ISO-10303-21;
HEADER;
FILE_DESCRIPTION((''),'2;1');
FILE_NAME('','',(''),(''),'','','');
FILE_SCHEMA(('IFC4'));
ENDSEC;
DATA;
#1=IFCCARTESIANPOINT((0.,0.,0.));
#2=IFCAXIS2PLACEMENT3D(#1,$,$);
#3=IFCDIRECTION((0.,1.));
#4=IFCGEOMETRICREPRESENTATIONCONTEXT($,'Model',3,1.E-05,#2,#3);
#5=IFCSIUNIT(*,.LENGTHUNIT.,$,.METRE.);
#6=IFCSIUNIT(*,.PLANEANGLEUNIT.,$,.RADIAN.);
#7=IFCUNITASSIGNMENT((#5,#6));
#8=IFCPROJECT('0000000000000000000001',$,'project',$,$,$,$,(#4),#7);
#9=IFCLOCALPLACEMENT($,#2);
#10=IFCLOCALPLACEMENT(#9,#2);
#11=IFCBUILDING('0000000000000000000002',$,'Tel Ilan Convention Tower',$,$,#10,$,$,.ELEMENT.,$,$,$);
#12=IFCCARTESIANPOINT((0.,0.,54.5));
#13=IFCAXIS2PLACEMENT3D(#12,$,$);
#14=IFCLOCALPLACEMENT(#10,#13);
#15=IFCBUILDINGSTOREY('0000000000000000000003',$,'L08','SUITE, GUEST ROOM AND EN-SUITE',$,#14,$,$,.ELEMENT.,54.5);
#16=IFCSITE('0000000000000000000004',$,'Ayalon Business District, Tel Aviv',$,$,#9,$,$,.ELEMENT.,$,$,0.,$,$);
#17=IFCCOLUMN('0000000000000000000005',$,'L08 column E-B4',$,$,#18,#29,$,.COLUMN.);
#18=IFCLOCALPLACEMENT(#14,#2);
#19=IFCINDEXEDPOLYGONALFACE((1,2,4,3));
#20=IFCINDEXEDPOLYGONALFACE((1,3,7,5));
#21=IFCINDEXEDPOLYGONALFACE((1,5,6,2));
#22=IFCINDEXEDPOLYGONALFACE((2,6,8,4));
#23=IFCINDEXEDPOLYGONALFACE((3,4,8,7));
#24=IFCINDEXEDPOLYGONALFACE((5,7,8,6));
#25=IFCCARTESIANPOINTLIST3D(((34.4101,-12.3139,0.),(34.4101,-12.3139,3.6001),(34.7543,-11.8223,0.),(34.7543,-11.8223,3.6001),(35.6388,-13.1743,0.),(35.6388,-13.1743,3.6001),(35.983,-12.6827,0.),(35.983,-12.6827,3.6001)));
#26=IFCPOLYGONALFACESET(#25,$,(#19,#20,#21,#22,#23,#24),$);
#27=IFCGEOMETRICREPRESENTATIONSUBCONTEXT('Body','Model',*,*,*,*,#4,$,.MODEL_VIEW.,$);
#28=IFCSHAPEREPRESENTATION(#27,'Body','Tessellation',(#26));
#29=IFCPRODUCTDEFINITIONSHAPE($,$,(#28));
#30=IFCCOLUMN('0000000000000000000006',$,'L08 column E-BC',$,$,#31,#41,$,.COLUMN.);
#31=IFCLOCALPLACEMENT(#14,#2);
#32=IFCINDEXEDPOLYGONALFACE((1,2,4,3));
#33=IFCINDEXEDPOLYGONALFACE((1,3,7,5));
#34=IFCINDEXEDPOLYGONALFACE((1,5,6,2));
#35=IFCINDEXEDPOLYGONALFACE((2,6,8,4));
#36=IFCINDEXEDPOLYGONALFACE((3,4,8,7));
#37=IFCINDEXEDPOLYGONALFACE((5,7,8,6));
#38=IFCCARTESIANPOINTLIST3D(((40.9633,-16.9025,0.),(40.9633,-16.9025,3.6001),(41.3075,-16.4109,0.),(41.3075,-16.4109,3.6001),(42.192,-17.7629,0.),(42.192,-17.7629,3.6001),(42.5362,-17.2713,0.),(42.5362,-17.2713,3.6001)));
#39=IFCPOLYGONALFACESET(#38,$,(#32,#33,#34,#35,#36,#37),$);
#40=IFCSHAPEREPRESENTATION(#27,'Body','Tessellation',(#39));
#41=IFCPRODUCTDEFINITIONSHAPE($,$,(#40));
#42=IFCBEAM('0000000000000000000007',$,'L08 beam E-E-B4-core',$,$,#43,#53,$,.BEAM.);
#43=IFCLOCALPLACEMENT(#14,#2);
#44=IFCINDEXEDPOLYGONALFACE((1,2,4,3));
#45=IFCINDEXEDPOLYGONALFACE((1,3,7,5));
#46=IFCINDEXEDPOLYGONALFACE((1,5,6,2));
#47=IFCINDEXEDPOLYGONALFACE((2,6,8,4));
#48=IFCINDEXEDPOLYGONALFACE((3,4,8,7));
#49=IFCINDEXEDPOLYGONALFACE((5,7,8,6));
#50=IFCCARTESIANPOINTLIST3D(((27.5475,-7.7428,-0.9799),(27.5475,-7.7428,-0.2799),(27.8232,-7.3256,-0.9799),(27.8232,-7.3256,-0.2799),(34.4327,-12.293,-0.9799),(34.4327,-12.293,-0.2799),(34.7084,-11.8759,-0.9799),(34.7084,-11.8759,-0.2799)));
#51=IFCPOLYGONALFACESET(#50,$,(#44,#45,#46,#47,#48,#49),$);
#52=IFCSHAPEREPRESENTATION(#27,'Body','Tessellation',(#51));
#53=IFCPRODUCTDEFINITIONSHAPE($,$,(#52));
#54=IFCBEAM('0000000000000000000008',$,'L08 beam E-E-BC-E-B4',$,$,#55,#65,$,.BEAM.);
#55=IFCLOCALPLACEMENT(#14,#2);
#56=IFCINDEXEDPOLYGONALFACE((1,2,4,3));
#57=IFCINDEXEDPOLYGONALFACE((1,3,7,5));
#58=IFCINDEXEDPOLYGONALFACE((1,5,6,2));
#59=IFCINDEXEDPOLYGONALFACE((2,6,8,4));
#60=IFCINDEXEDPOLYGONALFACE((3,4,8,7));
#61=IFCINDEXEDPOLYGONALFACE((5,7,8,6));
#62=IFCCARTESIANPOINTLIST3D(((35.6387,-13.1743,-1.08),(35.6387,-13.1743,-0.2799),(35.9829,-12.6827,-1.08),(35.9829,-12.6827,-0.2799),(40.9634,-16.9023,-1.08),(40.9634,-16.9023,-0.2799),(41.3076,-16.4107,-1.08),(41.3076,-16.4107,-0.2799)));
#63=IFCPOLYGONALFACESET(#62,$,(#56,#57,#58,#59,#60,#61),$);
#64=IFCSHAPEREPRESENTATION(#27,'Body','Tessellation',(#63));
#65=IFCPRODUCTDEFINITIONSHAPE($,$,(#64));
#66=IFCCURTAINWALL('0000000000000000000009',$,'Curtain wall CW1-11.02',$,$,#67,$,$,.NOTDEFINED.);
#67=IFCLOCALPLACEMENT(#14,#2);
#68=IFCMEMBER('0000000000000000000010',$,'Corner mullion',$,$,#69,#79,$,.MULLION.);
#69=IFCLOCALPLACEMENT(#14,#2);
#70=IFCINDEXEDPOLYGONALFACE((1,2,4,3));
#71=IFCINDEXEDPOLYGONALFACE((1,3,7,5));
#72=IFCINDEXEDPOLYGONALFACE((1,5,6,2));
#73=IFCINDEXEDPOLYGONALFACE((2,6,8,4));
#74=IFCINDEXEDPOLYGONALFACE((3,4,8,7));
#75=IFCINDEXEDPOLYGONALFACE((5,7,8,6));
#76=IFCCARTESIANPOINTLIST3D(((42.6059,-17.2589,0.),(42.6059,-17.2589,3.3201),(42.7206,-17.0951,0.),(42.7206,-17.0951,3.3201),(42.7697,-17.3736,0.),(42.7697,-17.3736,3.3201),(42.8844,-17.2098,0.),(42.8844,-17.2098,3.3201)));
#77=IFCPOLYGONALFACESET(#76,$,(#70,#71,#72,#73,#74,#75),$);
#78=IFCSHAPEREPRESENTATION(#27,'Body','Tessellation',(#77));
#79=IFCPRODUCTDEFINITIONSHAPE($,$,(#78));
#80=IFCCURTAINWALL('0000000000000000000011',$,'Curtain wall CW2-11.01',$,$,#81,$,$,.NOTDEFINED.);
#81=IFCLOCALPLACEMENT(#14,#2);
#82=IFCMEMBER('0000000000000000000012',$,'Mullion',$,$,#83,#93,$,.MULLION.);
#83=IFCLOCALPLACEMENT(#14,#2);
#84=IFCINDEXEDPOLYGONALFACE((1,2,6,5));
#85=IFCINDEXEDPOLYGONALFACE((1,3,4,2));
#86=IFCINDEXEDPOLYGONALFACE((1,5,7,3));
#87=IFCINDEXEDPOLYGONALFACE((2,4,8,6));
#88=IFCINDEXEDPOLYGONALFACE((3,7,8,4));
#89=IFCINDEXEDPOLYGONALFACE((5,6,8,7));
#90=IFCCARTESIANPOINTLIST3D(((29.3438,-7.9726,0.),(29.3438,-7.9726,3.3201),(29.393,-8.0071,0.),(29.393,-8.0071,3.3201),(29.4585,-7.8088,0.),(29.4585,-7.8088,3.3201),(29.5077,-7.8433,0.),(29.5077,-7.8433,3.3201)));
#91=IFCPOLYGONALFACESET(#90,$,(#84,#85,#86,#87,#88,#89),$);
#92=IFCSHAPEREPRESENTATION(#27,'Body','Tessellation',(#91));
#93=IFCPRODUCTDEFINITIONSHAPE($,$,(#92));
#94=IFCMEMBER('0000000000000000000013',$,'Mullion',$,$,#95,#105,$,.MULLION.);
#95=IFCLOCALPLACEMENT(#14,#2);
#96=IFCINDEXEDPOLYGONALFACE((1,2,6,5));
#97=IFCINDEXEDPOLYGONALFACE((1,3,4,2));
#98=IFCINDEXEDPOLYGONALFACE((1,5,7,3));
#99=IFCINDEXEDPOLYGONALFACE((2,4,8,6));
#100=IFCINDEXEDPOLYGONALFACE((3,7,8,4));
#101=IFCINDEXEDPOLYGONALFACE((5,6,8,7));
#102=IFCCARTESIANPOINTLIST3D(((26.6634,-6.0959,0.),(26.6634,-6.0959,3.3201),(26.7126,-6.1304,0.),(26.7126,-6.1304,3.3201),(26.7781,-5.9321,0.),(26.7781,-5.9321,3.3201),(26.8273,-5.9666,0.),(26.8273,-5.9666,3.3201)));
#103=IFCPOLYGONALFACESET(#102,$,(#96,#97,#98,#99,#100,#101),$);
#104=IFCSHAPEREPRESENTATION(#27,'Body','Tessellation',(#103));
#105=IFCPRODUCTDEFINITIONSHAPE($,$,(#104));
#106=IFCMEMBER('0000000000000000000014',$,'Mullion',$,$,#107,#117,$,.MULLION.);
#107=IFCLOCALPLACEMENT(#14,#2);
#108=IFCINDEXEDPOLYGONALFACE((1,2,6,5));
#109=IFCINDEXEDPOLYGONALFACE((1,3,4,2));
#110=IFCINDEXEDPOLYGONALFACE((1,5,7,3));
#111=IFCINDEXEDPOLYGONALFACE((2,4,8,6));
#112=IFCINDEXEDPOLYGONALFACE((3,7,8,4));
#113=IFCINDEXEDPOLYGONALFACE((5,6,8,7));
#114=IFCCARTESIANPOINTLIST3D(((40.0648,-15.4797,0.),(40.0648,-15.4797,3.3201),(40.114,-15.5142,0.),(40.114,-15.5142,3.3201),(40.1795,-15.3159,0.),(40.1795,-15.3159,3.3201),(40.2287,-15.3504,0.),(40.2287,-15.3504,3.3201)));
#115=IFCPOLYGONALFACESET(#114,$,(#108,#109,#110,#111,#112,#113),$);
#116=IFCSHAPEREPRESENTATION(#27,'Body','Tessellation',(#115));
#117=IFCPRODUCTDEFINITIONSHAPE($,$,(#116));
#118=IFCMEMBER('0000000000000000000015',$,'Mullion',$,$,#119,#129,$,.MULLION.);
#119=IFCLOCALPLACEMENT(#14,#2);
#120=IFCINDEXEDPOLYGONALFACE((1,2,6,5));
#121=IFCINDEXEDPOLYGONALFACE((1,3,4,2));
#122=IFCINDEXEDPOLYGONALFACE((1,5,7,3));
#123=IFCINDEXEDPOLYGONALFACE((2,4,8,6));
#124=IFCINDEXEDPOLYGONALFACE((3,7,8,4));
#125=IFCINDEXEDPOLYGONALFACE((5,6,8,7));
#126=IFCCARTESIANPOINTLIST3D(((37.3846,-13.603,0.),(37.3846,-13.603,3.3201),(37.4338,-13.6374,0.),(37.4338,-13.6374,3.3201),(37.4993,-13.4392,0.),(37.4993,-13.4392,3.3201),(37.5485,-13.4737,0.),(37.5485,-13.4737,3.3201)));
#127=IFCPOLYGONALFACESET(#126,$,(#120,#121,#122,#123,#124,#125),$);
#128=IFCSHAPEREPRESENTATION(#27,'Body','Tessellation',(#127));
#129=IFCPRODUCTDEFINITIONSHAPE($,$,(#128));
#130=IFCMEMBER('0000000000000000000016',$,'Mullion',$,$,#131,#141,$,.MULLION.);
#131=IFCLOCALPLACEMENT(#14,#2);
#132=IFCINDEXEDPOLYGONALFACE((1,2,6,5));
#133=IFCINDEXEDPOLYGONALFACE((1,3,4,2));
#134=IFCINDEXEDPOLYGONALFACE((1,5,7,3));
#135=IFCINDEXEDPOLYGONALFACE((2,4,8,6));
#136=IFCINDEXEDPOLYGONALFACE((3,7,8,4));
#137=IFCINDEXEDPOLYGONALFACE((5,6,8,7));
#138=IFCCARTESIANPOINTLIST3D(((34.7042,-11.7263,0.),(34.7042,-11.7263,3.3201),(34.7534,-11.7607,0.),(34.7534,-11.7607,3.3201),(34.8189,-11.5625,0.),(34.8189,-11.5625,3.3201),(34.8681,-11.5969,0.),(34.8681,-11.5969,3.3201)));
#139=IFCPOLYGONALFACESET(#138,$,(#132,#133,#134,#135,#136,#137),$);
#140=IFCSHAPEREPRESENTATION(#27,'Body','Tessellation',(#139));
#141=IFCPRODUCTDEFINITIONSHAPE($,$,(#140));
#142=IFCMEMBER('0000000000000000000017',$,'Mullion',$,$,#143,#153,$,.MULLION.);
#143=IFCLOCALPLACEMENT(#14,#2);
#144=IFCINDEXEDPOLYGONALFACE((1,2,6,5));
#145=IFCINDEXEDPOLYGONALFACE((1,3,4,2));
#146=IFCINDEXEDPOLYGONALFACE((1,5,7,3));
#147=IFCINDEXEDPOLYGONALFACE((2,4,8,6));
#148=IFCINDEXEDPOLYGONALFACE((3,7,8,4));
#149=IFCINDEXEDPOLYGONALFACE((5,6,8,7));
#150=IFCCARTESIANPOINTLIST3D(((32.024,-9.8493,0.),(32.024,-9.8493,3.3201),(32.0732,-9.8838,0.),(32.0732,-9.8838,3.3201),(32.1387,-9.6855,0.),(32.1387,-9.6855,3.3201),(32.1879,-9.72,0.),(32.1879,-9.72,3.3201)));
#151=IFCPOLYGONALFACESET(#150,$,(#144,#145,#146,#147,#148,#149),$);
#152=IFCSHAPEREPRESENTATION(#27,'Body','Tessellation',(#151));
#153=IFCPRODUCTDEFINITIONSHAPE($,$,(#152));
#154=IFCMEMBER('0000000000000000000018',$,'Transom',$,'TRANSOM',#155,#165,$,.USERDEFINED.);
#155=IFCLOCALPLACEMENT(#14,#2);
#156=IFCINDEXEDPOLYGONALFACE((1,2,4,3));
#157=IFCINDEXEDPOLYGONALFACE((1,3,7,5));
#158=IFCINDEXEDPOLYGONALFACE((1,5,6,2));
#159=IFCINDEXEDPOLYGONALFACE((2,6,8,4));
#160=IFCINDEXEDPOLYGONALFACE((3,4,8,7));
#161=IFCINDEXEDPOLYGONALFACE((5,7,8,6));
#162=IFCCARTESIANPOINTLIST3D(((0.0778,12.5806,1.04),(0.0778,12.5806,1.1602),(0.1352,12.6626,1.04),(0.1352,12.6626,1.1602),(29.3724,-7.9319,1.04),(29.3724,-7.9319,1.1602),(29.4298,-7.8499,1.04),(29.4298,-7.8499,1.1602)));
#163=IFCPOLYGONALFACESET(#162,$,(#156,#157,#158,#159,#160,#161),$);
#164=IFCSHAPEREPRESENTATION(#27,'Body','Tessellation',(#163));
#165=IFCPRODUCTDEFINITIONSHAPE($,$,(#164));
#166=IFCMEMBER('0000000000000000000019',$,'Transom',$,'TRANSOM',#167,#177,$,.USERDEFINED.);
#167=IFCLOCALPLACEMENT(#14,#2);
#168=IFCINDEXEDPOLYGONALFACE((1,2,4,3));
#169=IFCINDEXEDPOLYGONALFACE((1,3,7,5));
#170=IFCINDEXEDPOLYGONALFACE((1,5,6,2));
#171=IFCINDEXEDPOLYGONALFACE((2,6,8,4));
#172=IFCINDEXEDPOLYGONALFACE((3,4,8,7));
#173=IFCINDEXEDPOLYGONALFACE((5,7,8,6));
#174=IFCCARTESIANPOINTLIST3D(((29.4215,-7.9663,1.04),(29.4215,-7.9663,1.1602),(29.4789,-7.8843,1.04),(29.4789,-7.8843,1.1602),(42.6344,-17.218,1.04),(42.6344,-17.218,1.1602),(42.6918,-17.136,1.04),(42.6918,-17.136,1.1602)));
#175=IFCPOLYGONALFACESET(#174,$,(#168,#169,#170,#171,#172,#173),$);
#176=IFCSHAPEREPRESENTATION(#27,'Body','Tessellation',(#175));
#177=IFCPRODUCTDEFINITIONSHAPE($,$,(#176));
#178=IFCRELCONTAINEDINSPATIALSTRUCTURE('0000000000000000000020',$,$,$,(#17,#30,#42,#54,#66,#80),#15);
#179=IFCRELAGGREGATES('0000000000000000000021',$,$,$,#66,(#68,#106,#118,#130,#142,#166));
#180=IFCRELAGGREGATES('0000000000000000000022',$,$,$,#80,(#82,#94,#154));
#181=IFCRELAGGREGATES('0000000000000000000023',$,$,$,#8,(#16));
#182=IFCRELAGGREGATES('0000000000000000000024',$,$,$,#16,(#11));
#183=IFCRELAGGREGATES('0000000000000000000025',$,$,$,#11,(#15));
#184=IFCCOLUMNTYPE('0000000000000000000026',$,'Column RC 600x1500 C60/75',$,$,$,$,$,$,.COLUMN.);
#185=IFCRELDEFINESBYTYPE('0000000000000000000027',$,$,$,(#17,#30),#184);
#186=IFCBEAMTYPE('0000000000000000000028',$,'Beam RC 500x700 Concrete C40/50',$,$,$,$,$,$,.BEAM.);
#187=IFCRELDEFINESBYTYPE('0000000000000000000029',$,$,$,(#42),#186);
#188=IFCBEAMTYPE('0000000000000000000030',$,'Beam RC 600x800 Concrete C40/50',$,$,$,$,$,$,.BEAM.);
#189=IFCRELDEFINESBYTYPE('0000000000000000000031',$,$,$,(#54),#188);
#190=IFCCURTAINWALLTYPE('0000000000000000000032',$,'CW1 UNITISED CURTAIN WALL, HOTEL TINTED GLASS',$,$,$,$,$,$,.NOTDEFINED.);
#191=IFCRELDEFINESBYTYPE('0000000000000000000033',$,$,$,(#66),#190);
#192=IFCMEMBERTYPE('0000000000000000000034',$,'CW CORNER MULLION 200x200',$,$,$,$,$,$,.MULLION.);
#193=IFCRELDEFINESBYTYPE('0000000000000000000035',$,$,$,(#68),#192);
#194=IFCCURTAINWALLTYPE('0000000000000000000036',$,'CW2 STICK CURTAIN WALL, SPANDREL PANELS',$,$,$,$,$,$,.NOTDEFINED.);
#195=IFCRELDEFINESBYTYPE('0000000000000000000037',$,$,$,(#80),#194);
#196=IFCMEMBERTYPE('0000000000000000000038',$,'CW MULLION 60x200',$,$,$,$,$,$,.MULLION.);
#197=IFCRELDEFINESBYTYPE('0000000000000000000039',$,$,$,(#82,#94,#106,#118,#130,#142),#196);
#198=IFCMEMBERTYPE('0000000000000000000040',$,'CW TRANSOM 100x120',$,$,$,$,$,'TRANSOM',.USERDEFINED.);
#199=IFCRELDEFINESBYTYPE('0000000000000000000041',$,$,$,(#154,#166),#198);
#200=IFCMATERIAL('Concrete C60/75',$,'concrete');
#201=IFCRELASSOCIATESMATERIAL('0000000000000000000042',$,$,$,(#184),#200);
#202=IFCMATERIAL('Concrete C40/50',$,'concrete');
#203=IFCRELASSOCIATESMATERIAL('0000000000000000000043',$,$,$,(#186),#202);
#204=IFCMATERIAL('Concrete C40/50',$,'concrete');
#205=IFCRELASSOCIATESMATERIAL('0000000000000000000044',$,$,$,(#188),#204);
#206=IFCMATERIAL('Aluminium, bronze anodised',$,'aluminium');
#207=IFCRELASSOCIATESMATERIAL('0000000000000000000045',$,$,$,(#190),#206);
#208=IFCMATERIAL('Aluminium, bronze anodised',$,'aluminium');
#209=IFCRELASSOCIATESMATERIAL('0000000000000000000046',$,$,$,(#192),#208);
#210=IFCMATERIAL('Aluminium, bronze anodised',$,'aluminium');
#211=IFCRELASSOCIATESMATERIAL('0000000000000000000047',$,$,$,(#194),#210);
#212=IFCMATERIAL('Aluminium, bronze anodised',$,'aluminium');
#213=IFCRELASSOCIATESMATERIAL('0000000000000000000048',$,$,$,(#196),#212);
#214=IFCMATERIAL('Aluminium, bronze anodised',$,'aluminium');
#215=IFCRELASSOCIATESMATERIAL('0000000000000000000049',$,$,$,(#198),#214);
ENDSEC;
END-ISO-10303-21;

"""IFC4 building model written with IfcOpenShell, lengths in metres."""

from ifc_helpers import new_model, si_unit, direction, frame, origin, origin_2d, place, context, subcontext, project, spatial, rectangle, extrude, material, material_profile, profile_set, type_object, element, aggregate, save


model = new_model("IFC4")

# Units and contexts
model_context = context("Model", 3, precision=1e-05, world=origin(), true_north=direction((0.0, 1.0)))
body_context = subcontext(model_context, "Body", "Model", "MODEL_VIEW")
ifc_project = project(units=[si_unit("LENGTHUNIT", "METRE"), si_unit("PLANEANGLEUNIT", "RADIAN")], contexts=[model_context])

# Site, building, storey
site_placement = place(None, origin())
site = spatial("IfcSite", under=ifc_project, at=site_placement, Name="Ayalon Business District, Tel Aviv", CompositionType="ELEMENT", RefElevation=0.0)
building_placement = place(site_placement, origin())
building = spatial("IfcBuilding", under=site, at=building_placement, Name="Tel Ilan Convention Tower", CompositionType="ELEMENT")
storey_placement = place(building_placement, frame((0.0, 0.0, 54.5)))
storey = spatial("IfcBuildingStorey", under=building, at=storey_placement, Name="L08", Description="SUITE, GUEST ROOM AND EN-SUITE", CompositionType="ELEMENT", Elevation=54.5)

# Columns
ifc_material_1 = material(Name="Concrete C60/75", Category="concrete")
ifc_material_profile_1 = material_profile(ifc_material_1, rectangle(XDim=1.5, YDim=0.6001, at=origin_2d()), Name="RC 600x1500")
ifc_profile_set_1 = profile_set([ifc_material_profile_1], Name="Concrete C60/75")
column_type = type_object("IfcColumnType", Name="Column RC 600x1500 C60/75", PredefinedType="COLUMN", material=ifc_profile_set_1)
for number, where, z_axis, x_axis, name in (
    (1, (35.1965, -12.4983, 0.0), (0.0, 0.0, 1.0), (0.819152, -0.573576, 0.0), "L08 column E-B4"),
    (2, (41.7498, -17.0869, 0.0), (0.0, 0.0, 1.0), (0.819152, -0.573576, 0.0), "L08 column E-BC"),
):
    element("IfcColumn", number, at=place(storey_placement, frame(where, z_axis=z_axis, x_axis=x_axis)), inside=storey, type_object=column_type, Name=name, PredefinedType="COLUMN", context=body_context, shape_type="SweptSolid", body=[
        extrude(rectangle(XDim=1.5, YDim=0.6001, at=origin_2d()), origin(), (0.0, 0.0, 1.0), 3.6001),
    ])

# Beams
ifc_material_2 = material(Name="Concrete C40/50", Category="concrete")
ifc_material_profile_2 = material_profile(ifc_material_2, rectangle(XDim=0.5, YDim=0.7, at=origin_2d()), Name="RC 500x700")
ifc_profile_set_2 = profile_set([ifc_material_profile_2], Name="Concrete C40/50")
beam_type_1 = type_object("IfcBeamType", Name="Beam RC 500x700 Concrete C40/50", PredefinedType="BEAM", material=ifc_profile_set_2)
beam_1_placement = place(storey_placement, frame((34.5706, -12.0845, -0.6299), z_axis=(-0.834274, 0.551351, 0.0), x_axis=(-0.551351, -0.834274, 0.0)))
element("IfcBeam", 3, at=beam_1_placement, inside=storey, type_object=beam_type_1, Name="L08 beam E-E-B4-core", PredefinedType="BEAM", context=body_context, shape_type="SweptSolid", body=[
    extrude(rectangle(XDim=0.5, YDim=0.7, at=origin_2d()), origin(), (0.0, 0.0, 1.0), 8.2529),
])
ifc_material_3 = material(Name="Concrete C40/50", Category="concrete")
ifc_material_profile_3 = material_profile(ifc_material_3, rectangle(XDim=0.6001, YDim=0.8, at=origin_2d()), Name="RC 600x800")
ifc_profile_set_3 = profile_set([ifc_material_profile_3], Name="Concrete C40/50")
beam_type_2 = type_object("IfcBeamType", Name="Beam RC 600x800 Concrete C40/50", PredefinedType="BEAM", material=ifc_profile_set_3)
beam_2_placement = place(storey_placement, frame((41.1355, -16.6565, -0.6799), z_axis=(-0.819179, 0.573538, 0.0), x_axis=(-0.573538, -0.819179, 0.0)))
element("IfcBeam", 4, at=beam_2_placement, inside=storey, type_object=beam_type_2, Name="L08 beam E-E-BC-E-B4", PredefinedType="BEAM", context=body_context, shape_type="SweptSolid", body=[
    extrude(rectangle(XDim=0.6001, YDim=0.8, at=origin_2d()), origin(), (0.0, 0.0, 1.0), 6.5),
])

# Curtain wall, member
ifc_material_4 = material(Name="Aluminium, bronze anodised", Category="aluminium")
curtain_wall_type_1 = type_object("IfcCurtainWallType", Name="CW1 UNITISED CURTAIN WALL, HOTEL TINTED GLASS", PredefinedType="NOTDEFINED", material=ifc_material_4)
curtain_wall_1_placement = place(storey_placement, origin())
curtain_wall_1 = element("IfcCurtainWall", 5, at=curtain_wall_1_placement, inside=storey, type_object=curtain_wall_type_1, Name="Curtain wall CW1-11.02", PredefinedType="NOTDEFINED")
ifc_material_5 = material(Name="Aluminium, bronze anodised", Category="aluminium")
ifc_material_profile_4 = material_profile(ifc_material_5, rectangle(XDim=0.2, YDim=0.2, at=origin_2d()), Name="CW CORNER MULLION 200x200")
ifc_profile_set_4 = profile_set([ifc_material_profile_4], Name="Aluminium, bronze anodised")
member_type_1 = type_object("IfcMemberType", Name="CW CORNER MULLION 200x200", PredefinedType="MULLION", material=ifc_profile_set_4)
member_1_placement = place(storey_placement, frame((42.7451, -17.2344, 0.0), z_axis=(0.0, 0.0, 1.0), x_axis=(0.573576, 0.819152, 0.0)))
member_1 = element("IfcMember", 6, at=member_1_placement, type_object=member_type_1, Name="Corner mullion", PredefinedType="MULLION", context=body_context, shape_type="SweptSolid", body=[
    extrude(rectangle(XDim=0.2, YDim=0.2, at=origin_2d()), origin(), (0.0, 0.0, 1.0), 3.3201),
])

# Curtain wall, members
ifc_material_6 = material(Name="Aluminium, bronze anodised", Category="aluminium")
curtain_wall_type_2 = type_object("IfcCurtainWallType", Name="CW2 STICK CURTAIN WALL, SPANDREL PANELS", PredefinedType="NOTDEFINED", material=ifc_material_6)
curtain_wall_2_placement = place(storey_placement, origin())
curtain_wall_2 = element("IfcCurtainWall", 7, at=curtain_wall_2_placement, inside=storey, type_object=curtain_wall_type_2, Name="Curtain wall CW2-11.01", PredefinedType="NOTDEFINED")
ifc_material_7 = material(Name="Aluminium, bronze anodised", Category="aluminium")
ifc_material_profile_5 = material_profile(ifc_material_7, rectangle(XDim=0.0601, YDim=0.2, at=origin_2d()), Name="CW MULLION 60x200")
ifc_profile_set_5 = profile_set([ifc_material_profile_5], Name="Aluminium, bronze anodised")
member_type_2 = type_object("IfcMemberType", Name="CW MULLION 60x200", PredefinedType="MULLION", material=ifc_profile_set_5)
member_2_placement = place(storey_placement, frame((29.4258, -7.908, 0.0), z_axis=(0.0, 0.0, 1.0), x_axis=(-0.819152, 0.573576, 0.0)))
member_2 = element("IfcMember", 8, at=member_2_placement, type_object=member_type_2, Name="Mullion", PredefinedType="MULLION", context=body_context, shape_type="SweptSolid", body=[
    extrude(rectangle(XDim=0.0601, YDim=0.2, at=origin_2d()), origin(), (0.0, 0.0, 1.0), 3.3201),
])
member_3_placement = place(storey_placement, frame((26.7454, -6.0312, 0.0), z_axis=(0.0, 0.0, 1.0), x_axis=(-0.819152, 0.573576, 0.0)))
member_3 = element("IfcMember", 9, at=member_3_placement, type_object=member_type_2, Name="Mullion", PredefinedType="MULLION", context=body_context, shape_type="SweptSolid", body=[
    extrude(rectangle(XDim=0.0601, YDim=0.2, at=origin_2d()), origin(), (0.0, 0.0, 1.0), 3.3201),
])

# Members
member_4_placement = place(storey_placement, frame((40.1467, -15.415, 0.0), z_axis=(0.0, 0.0, 1.0), x_axis=(-0.819152, 0.573576, 0.0)))
member_4 = element("IfcMember", 10, at=member_4_placement, type_object=member_type_2, Name="Mullion", PredefinedType="MULLION", context=body_context, shape_type="SweptSolid", body=[
    extrude(rectangle(XDim=0.0601, YDim=0.2, at=origin_2d()), origin(), (0.0, 0.0, 1.0), 3.3201),
])
member_5_placement = place(storey_placement, frame((37.4666, -13.5383, 0.0), z_axis=(0.0, 0.0, 1.0), x_axis=(-0.819152, 0.573576, 0.0)))
member_5 = element("IfcMember", 11, at=member_5_placement, type_object=member_type_2, Name="Mullion", PredefinedType="MULLION", context=body_context, shape_type="SweptSolid", body=[
    extrude(rectangle(XDim=0.0601, YDim=0.2, at=origin_2d()), origin(), (0.0, 0.0, 1.0), 3.3201),
])
member_6_placement = place(storey_placement, frame((34.7861, -11.6616, 0.0), z_axis=(0.0, 0.0, 1.0), x_axis=(-0.819152, 0.573576, 0.0)))
member_6 = element("IfcMember", 12, at=member_6_placement, type_object=member_type_2, Name="Mullion", PredefinedType="MULLION", context=body_context, shape_type="SweptSolid", body=[
    extrude(rectangle(XDim=0.0601, YDim=0.2, at=origin_2d()), origin(), (0.0, 0.0, 1.0), 3.3201),
])
member_7_placement = place(storey_placement, frame((32.106, -9.7847, 0.0), z_axis=(0.0, 0.0, 1.0), x_axis=(-0.819152, 0.573576, 0.0)))
member_7 = element("IfcMember", 13, at=member_7_placement, type_object=member_type_2, Name="Mullion", PredefinedType="MULLION", context=body_context, shape_type="SweptSolid", body=[
    extrude(rectangle(XDim=0.0601, YDim=0.2, at=origin_2d()), origin(), (0.0, 0.0, 1.0), 3.3201),
])
ifc_material_8 = material(Name="Aluminium, bronze anodised", Category="aluminium")
ifc_material_profile_6 = material_profile(ifc_material_8, rectangle(XDim=0.1001, YDim=0.1201, at=origin_2d()), Name="CW TRANSOM 100x120")
ifc_profile_set_6 = profile_set([ifc_material_profile_6], Name="Aluminium, bronze anodised")
member_type_3 = type_object("IfcMemberType", Name="CW TRANSOM 100x120", ElementType="TRANSOM", PredefinedType="USERDEFINED", material=ifc_profile_set_6)
member_8_placement = place(storey_placement, frame((29.4011, -7.8909, 1.1001), z_axis=(-0.819151, 0.573578, 0.0), x_axis=(-0.573578, -0.819151, 0.0)))
member_8 = element("IfcMember", 14, at=member_8_placement, type_object=member_type_3, Name="Transom", ObjectType="TRANSOM", PredefinedType="USERDEFINED", context=body_context, shape_type="SweptSolid", body=[
    extrude(rectangle(XDim=0.1001, YDim=0.1201, at=origin_2d()), origin(), (0.0, 0.0, 1.0), 35.7622),
])
member_9_placement = place(storey_placement, frame((42.6631, -17.177, 1.1001), z_axis=(-0.819154, 0.573574, 0.0), x_axis=(-0.573574, -0.819154, 0.0)))
member_9 = element("IfcMember", 15, at=member_9_placement, type_object=member_type_3, Name="Transom", ObjectType="TRANSOM", PredefinedType="USERDEFINED", context=body_context, shape_type="SweptSolid", body=[
    extrude(rectangle(XDim=0.1001, YDim=0.1201, at=origin_2d()), origin(), (0.0, 0.0, 1.0), 16.1299),
])

aggregate(curtain_wall_1, [member_1, member_4, member_5, member_6, member_7, member_9])
aggregate(curtain_wall_2, [member_2, member_3, member_8])

save(model, "model.ifc")
